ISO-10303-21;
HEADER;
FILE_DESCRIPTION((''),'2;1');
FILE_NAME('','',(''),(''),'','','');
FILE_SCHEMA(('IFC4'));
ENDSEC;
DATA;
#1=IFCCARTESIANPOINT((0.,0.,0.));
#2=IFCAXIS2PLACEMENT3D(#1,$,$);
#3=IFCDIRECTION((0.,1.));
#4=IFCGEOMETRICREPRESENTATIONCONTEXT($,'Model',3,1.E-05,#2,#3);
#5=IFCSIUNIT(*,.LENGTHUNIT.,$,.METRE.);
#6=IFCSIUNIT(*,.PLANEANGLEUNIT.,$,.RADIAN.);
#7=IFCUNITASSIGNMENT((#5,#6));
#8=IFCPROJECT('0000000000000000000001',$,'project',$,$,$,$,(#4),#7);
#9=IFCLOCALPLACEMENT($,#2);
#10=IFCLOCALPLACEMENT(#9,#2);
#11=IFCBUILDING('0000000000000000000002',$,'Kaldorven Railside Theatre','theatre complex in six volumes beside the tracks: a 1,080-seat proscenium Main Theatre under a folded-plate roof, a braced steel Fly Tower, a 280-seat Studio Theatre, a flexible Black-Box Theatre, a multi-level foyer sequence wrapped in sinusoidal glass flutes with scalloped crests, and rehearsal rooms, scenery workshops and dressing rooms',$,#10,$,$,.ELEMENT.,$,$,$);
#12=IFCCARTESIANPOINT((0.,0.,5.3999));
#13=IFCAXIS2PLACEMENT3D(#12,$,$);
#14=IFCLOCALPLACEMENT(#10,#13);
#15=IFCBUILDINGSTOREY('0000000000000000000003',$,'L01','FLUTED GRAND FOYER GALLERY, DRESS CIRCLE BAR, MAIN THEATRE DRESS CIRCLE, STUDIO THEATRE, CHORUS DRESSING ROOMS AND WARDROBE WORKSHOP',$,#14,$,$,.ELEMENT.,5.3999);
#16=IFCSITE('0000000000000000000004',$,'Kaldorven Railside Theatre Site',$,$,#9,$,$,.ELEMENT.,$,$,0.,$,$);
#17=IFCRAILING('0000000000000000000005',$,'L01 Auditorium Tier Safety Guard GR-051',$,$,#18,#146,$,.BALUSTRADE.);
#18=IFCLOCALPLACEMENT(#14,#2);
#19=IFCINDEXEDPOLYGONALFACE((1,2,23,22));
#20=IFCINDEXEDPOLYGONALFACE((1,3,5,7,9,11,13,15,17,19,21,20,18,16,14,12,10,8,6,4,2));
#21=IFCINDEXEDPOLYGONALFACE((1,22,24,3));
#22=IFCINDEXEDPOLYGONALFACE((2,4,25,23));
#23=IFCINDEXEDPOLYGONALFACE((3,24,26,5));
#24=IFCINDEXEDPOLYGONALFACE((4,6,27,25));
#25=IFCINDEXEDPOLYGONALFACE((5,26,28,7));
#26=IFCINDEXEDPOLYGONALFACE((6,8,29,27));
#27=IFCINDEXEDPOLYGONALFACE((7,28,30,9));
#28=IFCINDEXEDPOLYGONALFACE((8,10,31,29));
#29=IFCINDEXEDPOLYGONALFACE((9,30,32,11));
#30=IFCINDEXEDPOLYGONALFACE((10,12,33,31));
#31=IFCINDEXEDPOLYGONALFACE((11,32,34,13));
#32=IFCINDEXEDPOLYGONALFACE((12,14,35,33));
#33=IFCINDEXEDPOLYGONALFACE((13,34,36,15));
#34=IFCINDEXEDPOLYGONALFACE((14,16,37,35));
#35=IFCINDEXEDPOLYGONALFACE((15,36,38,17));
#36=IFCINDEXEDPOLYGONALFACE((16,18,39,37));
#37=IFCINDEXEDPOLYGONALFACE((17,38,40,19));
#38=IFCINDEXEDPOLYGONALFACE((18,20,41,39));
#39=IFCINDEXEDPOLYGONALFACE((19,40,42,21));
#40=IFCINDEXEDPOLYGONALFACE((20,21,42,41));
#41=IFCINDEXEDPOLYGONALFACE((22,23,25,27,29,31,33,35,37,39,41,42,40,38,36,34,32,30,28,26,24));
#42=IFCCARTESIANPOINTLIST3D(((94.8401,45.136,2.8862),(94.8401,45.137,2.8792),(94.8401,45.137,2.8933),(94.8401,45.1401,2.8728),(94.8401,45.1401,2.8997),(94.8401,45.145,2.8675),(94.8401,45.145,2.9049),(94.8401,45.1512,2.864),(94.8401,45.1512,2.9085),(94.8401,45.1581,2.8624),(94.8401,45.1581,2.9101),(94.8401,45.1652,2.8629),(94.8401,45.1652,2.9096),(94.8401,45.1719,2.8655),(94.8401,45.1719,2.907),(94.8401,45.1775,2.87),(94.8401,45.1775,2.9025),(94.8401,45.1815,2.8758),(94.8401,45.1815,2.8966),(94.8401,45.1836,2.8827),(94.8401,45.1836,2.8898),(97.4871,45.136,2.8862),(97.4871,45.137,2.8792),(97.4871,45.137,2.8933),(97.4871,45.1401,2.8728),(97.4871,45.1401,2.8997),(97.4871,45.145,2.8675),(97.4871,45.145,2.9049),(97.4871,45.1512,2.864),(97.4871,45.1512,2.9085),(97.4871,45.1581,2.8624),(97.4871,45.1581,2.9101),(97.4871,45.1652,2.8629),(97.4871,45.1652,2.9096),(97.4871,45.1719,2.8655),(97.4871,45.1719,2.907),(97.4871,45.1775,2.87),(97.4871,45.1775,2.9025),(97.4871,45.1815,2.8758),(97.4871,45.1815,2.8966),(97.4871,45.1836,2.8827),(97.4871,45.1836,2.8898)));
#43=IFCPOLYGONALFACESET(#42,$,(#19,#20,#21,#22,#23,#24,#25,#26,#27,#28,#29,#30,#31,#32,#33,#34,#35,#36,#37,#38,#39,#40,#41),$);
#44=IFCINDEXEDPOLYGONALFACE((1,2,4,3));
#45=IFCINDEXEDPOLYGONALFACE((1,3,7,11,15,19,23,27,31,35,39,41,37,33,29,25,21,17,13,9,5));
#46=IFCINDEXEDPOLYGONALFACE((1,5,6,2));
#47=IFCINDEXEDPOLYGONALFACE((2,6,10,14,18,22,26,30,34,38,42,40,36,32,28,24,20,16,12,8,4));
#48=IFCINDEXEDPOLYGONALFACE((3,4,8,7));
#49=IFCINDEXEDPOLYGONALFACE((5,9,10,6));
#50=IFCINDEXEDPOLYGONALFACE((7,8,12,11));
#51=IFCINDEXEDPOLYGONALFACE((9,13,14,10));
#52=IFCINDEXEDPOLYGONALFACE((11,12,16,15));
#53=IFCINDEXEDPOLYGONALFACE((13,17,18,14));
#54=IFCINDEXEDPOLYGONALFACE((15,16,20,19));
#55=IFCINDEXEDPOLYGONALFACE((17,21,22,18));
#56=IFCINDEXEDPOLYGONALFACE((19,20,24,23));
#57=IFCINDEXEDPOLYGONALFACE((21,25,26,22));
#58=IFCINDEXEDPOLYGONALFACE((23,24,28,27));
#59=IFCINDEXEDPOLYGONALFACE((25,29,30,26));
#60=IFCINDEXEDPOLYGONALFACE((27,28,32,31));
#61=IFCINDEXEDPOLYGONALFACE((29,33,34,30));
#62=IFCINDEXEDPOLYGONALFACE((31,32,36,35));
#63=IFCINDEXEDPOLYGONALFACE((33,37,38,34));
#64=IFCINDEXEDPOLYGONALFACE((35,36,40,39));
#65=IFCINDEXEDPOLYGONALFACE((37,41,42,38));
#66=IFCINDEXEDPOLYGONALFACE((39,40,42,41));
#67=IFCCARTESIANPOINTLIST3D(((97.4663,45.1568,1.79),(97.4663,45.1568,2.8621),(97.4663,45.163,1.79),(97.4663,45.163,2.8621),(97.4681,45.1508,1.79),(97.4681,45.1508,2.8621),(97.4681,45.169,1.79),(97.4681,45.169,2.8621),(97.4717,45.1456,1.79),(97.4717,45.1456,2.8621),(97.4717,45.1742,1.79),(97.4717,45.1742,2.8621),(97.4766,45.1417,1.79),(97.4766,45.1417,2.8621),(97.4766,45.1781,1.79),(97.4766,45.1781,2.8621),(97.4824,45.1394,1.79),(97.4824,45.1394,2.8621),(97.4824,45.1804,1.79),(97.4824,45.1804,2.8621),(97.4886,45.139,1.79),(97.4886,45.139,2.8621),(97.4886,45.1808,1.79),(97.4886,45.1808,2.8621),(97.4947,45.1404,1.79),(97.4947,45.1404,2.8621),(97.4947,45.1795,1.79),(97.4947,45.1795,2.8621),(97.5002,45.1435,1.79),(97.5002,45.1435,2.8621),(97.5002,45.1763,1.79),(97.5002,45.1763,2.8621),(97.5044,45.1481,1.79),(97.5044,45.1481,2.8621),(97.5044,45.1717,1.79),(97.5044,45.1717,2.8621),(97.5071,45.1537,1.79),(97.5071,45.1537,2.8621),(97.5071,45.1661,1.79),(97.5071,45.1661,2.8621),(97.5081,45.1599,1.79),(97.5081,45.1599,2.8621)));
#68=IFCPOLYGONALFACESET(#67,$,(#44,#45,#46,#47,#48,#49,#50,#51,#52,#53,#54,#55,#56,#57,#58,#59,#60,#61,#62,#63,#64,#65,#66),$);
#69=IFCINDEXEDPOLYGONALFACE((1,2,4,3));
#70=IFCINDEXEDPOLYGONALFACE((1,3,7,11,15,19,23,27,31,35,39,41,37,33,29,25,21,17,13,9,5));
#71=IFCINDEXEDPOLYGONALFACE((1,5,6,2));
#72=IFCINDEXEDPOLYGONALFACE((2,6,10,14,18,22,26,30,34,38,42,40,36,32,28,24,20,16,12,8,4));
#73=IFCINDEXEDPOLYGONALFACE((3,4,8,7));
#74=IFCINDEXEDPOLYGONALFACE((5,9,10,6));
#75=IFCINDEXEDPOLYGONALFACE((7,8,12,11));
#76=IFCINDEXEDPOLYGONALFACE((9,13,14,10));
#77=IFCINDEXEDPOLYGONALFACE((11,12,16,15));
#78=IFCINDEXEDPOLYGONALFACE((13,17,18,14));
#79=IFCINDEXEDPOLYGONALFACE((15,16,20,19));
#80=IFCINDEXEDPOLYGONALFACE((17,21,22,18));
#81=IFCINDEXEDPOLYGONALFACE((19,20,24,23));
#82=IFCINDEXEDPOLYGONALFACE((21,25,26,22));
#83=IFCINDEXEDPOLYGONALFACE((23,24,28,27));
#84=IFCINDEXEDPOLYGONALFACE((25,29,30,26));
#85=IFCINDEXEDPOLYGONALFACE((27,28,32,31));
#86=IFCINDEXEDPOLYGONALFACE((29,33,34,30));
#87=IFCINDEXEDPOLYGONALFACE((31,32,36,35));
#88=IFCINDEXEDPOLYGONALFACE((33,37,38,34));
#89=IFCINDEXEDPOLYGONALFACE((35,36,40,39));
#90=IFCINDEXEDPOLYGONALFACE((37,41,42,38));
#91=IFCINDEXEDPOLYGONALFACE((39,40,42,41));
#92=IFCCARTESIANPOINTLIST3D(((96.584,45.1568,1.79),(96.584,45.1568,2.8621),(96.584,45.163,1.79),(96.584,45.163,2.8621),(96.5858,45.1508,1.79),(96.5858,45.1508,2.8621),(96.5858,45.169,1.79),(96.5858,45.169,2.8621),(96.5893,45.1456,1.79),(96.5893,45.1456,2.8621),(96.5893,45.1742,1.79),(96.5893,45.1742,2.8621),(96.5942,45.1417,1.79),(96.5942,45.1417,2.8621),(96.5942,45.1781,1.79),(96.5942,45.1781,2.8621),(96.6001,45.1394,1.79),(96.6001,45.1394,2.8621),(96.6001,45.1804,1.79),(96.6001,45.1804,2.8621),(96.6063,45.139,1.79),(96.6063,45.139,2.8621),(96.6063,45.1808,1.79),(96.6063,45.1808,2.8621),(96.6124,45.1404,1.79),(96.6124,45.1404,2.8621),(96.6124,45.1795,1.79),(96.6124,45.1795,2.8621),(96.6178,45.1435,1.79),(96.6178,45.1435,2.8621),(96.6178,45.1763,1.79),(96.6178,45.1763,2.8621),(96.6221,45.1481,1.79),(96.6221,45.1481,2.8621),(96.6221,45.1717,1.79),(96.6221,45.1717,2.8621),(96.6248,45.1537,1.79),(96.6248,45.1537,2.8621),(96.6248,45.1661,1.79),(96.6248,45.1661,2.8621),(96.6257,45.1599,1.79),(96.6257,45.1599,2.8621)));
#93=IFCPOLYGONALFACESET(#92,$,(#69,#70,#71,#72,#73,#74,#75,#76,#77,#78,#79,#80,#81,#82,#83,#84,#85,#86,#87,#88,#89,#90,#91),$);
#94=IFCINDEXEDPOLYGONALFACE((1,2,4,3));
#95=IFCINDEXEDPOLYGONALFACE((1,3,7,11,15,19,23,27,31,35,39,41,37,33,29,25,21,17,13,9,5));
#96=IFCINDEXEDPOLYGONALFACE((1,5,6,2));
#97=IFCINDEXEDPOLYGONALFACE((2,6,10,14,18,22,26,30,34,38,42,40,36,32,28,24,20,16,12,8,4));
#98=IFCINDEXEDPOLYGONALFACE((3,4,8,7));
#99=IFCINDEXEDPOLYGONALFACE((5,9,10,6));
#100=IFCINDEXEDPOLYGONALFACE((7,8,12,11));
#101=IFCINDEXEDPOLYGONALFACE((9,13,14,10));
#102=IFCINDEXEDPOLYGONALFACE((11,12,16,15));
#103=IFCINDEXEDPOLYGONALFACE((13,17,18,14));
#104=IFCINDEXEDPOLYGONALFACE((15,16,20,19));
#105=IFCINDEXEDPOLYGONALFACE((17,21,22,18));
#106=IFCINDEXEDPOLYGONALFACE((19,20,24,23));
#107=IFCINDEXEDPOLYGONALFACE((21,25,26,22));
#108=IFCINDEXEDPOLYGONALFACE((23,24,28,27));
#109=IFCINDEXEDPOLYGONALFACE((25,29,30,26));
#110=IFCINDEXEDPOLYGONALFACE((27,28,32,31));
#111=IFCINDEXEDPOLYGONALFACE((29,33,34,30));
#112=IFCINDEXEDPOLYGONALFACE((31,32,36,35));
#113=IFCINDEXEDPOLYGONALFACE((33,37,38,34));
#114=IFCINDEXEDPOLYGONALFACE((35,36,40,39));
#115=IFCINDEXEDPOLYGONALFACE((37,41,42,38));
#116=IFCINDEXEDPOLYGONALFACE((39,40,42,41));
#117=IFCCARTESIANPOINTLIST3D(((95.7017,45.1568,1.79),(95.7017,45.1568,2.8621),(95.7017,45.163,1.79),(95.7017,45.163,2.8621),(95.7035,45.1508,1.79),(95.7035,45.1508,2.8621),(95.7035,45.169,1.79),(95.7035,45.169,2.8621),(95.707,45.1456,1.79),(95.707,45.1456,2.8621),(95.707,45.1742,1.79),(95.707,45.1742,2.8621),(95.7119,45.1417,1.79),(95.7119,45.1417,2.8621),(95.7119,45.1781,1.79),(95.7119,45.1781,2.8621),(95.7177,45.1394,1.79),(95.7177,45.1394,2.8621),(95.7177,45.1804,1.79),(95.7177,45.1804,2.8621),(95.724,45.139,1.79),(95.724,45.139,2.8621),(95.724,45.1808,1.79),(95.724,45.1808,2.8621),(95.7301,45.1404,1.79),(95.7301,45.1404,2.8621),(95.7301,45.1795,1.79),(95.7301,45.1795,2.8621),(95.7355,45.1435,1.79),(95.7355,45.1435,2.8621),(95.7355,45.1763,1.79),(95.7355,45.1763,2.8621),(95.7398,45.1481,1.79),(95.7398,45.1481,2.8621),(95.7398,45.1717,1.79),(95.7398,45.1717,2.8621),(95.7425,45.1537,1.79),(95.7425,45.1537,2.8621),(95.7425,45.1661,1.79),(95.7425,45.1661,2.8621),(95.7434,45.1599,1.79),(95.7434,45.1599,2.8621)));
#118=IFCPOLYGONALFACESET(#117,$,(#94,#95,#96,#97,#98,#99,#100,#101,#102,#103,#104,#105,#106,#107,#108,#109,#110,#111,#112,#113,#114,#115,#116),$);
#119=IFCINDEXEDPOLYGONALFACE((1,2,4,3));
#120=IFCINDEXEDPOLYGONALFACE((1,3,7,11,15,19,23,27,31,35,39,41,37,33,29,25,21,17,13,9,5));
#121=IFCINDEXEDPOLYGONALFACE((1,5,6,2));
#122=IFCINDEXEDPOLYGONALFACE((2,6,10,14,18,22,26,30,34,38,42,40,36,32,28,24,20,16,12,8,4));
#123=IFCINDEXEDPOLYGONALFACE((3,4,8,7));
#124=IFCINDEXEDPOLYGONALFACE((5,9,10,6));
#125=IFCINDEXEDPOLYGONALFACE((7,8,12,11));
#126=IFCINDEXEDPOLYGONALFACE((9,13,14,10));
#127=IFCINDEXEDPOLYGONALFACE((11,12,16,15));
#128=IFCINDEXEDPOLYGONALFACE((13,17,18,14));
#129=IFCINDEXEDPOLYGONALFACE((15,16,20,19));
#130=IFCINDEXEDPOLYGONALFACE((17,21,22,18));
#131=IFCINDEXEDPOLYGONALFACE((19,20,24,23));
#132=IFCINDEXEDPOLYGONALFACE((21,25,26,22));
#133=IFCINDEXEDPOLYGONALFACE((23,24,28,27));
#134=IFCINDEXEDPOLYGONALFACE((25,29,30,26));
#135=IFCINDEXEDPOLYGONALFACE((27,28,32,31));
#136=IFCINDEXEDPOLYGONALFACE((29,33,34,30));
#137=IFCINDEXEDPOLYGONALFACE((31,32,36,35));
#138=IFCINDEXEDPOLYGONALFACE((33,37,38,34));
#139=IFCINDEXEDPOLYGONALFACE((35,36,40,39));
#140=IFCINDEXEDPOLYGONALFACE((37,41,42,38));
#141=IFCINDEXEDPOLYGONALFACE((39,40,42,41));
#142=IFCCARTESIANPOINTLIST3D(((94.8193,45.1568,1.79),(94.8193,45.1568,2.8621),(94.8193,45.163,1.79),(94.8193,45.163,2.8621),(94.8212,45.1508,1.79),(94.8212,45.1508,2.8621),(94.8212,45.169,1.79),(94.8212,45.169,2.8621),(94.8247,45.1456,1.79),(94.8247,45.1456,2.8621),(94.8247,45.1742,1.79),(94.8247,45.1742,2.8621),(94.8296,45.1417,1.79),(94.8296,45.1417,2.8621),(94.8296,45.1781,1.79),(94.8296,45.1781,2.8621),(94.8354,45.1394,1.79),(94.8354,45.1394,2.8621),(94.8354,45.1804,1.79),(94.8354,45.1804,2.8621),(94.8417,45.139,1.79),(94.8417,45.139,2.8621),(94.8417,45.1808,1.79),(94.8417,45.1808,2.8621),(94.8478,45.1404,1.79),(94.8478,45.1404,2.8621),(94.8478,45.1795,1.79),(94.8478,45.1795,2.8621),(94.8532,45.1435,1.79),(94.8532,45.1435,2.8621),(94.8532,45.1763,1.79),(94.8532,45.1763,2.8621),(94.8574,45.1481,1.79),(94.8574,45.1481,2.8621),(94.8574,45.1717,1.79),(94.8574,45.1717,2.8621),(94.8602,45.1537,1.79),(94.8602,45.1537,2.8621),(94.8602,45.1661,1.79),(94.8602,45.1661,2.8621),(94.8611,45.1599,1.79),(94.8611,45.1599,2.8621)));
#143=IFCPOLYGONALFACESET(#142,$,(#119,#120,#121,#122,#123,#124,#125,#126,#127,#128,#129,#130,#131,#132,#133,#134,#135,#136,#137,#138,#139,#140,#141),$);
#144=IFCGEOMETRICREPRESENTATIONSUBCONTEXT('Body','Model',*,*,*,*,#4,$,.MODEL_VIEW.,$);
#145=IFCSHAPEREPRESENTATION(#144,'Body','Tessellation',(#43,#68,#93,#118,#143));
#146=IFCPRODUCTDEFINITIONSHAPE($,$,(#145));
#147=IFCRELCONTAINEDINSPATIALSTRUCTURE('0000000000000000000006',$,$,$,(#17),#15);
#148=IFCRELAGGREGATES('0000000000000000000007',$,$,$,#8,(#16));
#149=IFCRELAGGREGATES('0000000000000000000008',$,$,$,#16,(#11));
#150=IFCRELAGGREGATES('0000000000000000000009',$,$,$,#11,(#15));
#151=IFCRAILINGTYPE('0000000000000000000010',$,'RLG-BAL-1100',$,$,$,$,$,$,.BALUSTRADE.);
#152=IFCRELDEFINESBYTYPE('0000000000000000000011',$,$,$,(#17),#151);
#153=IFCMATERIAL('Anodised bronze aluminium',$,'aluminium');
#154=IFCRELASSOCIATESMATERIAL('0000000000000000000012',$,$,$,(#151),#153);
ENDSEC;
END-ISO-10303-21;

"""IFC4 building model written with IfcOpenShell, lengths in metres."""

from ifc_helpers import new_model, si_unit, direction, frame, origin, origin_2d, place, context, subcontext, project, spatial, circle, extrude, material, type_object, element, save


model = new_model("IFC4")

# Units and contexts
model_context = context("Model", 3, precision=1e-05, world=origin(), true_north=direction((0.0, 1.0)))
body_context = subcontext(model_context, "Body", "Model", "MODEL_VIEW")
ifc_project = project(units=[si_unit("LENGTHUNIT", "METRE"), si_unit("PLANEANGLEUNIT", "RADIAN")], contexts=[model_context])

# Site, building, storey
site_placement = place(None, origin())
site = spatial("IfcSite", under=ifc_project, at=site_placement, Name="Kaldorven Railside Theatre Site", CompositionType="ELEMENT", RefElevation=0.0)
building_placement = place(site_placement, origin())
building = spatial("IfcBuilding", under=site, at=building_placement, Name="Kaldorven Railside Theatre", Description="theatre complex in six volumes beside the tracks: a 1,080-seat proscenium Main Theatre under a folded-plate roof, a braced steel Fly Tower, a 280-seat Studio Theatre, a flexible Black-Box Theatre, a multi-level foyer sequence wrapped in sinusoidal glass flutes with scalloped crests, and rehearsal rooms, scenery workshops and dressing rooms", CompositionType="ELEMENT")
storey_placement = place(building_placement, frame((0.0, 0.0, 5.3999)))
storey = spatial("IfcBuildingStorey", under=building, at=storey_placement, Name="L01", Description="FLUTED GRAND FOYER GALLERY, DRESS CIRCLE BAR, MAIN THEATRE DRESS CIRCLE, STUDIO THEATRE, CHORUS DRESSING ROOMS AND WARDROBE WORKSHOP", CompositionType="ELEMENT", Elevation=5.3999)

# Railing
ifc_material_1 = material(Name="Anodised bronze aluminium", Category="aluminium")
railing_type = type_object("IfcRailingType", Name="RLG-BAL-1100", PredefinedType="BALUSTRADE", material=ifc_material_1)
for number, where, name in (
    (1, (97.4871, 45.1599, 1.79), "L01 Auditorium Tier Safety Guard GR-051"),
):
    element("IfcRailing", number, at=place(storey_placement, frame(where)), inside=storey, type_object=railing_type, Name=name, PredefinedType="BALUSTRADE", context=body_context, shape_type="SweptSolid", body=[
        extrude(circle(Radius=0.0239, at=origin_2d()), frame((0.0, 0.0, 1.0962), z_axis=(-1.0, 0.0, 0.0), x_axis=(0.0, -1.0, 0.0)), (0.0, 0.0, 1.0), 2.647),
        extrude(circle(Radius=0.021, at=origin_2d()), origin(), (0.0, 0.0, 1.0), 1.072),
        extrude(circle(Radius=0.021, at=origin_2d()), frame((-0.8823, 0.0, 0.0)), (0.0, 0.0, 1.0), 1.072),
        extrude(circle(Radius=0.021, at=origin_2d()), frame((-1.7646, 0.0, 0.0)), (0.0, 0.0, 1.0), 1.072),
        extrude(circle(Radius=0.021, at=origin_2d()), frame((-2.647, 0.0, 0.0)), (0.0, 0.0, 1.0), 1.072),
    ])

save(model, "model.ifc")
